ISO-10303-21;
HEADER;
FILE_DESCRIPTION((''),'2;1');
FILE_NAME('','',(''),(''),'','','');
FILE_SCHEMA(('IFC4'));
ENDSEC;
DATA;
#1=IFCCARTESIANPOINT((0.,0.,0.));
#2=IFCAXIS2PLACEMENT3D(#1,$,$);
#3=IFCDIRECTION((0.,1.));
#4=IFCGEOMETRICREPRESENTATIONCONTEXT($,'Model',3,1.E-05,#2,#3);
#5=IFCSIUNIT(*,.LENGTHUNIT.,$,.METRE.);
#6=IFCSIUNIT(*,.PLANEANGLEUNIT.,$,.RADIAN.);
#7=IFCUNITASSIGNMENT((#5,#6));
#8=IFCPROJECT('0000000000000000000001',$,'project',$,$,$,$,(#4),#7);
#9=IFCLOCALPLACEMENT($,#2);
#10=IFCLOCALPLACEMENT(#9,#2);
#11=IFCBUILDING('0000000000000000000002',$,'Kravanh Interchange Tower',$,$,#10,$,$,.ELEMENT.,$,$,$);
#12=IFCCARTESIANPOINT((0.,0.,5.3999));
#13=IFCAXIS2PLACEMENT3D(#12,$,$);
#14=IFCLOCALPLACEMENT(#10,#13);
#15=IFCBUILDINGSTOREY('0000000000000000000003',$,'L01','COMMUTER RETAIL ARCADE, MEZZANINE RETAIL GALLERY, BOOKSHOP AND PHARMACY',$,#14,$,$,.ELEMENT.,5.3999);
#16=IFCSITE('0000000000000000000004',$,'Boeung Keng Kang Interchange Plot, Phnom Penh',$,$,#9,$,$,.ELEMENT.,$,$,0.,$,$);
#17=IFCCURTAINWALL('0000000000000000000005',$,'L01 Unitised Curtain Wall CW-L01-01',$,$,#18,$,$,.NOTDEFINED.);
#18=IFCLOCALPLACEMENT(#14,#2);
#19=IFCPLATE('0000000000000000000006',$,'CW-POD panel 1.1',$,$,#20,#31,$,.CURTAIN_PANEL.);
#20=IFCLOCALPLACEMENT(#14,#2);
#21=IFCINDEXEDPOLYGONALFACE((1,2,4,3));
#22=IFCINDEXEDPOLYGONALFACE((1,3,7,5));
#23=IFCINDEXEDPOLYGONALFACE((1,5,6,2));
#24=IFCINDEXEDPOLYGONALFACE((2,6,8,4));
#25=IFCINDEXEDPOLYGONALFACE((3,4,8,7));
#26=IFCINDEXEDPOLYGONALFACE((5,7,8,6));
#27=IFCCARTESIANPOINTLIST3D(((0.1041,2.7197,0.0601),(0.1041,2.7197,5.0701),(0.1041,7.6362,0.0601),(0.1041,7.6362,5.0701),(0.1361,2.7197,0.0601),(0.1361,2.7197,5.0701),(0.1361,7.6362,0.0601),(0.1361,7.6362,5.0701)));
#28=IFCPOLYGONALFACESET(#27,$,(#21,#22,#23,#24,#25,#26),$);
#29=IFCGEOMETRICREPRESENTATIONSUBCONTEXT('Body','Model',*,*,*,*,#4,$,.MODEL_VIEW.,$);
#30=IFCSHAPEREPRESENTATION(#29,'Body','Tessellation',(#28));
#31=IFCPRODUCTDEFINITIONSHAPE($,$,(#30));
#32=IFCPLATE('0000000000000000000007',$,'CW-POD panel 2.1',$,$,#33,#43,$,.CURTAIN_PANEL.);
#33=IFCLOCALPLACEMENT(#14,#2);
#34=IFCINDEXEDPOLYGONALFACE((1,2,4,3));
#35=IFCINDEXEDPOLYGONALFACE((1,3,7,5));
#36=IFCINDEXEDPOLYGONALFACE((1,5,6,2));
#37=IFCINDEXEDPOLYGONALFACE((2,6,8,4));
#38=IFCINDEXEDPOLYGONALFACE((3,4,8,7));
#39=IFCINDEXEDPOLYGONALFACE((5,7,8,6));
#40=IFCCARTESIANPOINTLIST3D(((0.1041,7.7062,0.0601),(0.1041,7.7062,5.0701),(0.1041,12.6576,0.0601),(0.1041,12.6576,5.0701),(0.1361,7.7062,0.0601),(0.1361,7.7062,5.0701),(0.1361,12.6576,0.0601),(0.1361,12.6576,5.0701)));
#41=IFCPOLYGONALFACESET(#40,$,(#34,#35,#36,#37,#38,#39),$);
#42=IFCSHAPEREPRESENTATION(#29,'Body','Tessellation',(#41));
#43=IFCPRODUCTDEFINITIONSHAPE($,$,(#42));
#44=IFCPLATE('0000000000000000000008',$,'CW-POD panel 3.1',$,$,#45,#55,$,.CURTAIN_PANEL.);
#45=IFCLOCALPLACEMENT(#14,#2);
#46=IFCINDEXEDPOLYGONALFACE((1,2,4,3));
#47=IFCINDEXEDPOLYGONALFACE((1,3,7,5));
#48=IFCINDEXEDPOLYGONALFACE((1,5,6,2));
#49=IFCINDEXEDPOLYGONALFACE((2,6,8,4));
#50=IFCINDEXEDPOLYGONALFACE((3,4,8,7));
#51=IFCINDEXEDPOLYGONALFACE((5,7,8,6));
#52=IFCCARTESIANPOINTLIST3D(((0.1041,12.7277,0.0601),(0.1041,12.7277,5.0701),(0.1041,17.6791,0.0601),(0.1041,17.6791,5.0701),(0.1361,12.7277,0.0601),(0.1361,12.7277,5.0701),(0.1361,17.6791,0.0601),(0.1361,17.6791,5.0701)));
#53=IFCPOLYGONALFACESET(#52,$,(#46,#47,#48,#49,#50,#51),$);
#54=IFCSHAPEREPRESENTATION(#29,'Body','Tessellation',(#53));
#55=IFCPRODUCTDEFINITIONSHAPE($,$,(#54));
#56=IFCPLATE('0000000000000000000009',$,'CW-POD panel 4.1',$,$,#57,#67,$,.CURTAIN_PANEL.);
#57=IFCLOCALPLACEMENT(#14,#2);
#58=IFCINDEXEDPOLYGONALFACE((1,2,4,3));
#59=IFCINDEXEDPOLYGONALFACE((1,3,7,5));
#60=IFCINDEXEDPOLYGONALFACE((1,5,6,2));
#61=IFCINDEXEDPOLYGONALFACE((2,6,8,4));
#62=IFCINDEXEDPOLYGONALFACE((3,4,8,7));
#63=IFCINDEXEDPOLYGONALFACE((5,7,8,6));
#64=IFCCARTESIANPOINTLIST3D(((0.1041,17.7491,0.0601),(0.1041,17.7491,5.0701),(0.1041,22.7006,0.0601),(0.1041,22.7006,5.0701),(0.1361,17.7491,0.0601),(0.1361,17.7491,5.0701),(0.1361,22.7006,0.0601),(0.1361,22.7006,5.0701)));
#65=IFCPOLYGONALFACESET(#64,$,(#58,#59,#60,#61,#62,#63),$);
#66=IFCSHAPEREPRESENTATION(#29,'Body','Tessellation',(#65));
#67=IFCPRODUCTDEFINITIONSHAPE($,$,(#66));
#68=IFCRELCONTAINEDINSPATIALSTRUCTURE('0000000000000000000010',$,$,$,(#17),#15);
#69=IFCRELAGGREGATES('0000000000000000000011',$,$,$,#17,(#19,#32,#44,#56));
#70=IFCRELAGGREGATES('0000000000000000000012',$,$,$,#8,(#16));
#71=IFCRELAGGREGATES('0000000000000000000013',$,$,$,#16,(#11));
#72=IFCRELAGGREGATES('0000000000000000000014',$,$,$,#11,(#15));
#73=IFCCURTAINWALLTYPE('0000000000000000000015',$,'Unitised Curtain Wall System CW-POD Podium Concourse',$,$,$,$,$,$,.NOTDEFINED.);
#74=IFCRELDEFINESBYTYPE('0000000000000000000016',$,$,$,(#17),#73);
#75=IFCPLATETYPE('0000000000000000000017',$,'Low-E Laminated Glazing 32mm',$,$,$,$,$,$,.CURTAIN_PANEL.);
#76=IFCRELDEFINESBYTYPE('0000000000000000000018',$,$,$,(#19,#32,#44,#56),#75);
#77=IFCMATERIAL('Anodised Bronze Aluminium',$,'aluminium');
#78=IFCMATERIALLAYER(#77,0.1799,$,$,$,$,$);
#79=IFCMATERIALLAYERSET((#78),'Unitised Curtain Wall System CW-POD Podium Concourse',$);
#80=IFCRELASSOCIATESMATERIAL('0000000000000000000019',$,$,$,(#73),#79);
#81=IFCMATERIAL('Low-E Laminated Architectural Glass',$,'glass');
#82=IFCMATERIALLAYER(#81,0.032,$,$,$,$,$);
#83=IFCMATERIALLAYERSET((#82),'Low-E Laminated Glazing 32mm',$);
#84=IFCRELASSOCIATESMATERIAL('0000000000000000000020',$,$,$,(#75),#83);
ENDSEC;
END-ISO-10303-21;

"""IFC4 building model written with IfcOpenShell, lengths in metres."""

from ifc_helpers import new_model, si_unit, direction, frame, origin, origin_2d, place, context, subcontext, project, spatial, rectangle, extrude, material, layer, layer_set, type_object, element, aggregate, save


model = new_model("IFC4")

# Units and contexts
model_context = context("Model", 3, precision=1e-05, world=origin(), true_north=direction((0.0, 1.0)))
body_context = subcontext(model_context, "Body", "Model", "MODEL_VIEW")
ifc_project = project(units=[si_unit("LENGTHUNIT", "METRE"), si_unit("PLANEANGLEUNIT", "RADIAN")], contexts=[model_context])

# Site, building, storey
site_placement = place(None, origin())
site = spatial("IfcSite", under=ifc_project, at=site_placement, Name="Boeung Keng Kang Interchange Plot, Phnom Penh", CompositionType="ELEMENT", RefElevation=0.0)
building_placement = place(site_placement, origin())
building = spatial("IfcBuilding", under=site, at=building_placement, Name="Kravanh Interchange Tower", CompositionType="ELEMENT")
storey_placement = place(building_placement, frame((0.0, 0.0, 5.3999)))
storey = spatial("IfcBuildingStorey", under=building, at=storey_placement, Name="L01", Description="COMMUTER RETAIL ARCADE, MEZZANINE RETAIL GALLERY, BOOKSHOP AND PHARMACY", CompositionType="ELEMENT", Elevation=5.3999)

# Curtain wall
ifc_material_1 = material(Name="Anodised Bronze Aluminium", Category="aluminium")
ifc_layer_1 = layer(ifc_material_1, 0.1799)
ifc_layer_set_1 = layer_set([ifc_layer_1], Name="Unitised Curtain Wall System CW-POD Podium Concourse")
curtain_wall_type = type_object("IfcCurtainWallType", Name="Unitised Curtain Wall System CW-POD Podium Concourse", PredefinedType="NOTDEFINED", material=ifc_layer_set_1)
curtain_wall_placement = place(storey_placement, origin())
curtain_wall = element("IfcCurtainWall", 1, at=curtain_wall_placement, inside=storey, type_object=curtain_wall_type, Name="L01 Unitised Curtain Wall CW-L01-01", PredefinedType="NOTDEFINED")

# Plates
ifc_material_2 = material(Name="Low-E Laminated Architectural Glass", Category="glass")
ifc_layer_2 = layer(ifc_material_2, 0.032)
ifc_layer_set_2 = layer_set([ifc_layer_2], Name="Low-E Laminated Glazing 32mm")
plate_type = type_object("IfcPlateType", Name="Low-E Laminated Glazing 32mm", PredefinedType="CURTAIN_PANEL", material=ifc_layer_set_2)
plate_1_placement = place(storey_placement, frame((0.1201, 5.178, 0.0601), z_axis=(0.0, 0.0, 1.0), x_axis=(0.0, 1.0, 0.0)))
plate_1 = element("IfcPlate", 2, at=plate_1_placement, type_object=plate_type, Name="CW-POD panel 1.1", PredefinedType="CURTAIN_PANEL", context=body_context, shape_type="SweptSolid", body=[
    extrude(rectangle(XDim=4.9165, YDim=0.032, at=origin_2d()), origin(), (0.0, 0.0, 1.0), 5.01),
])
plate_2_placement = place(storey_placement, frame((0.1201, 10.1819, 0.0601), z_axis=(0.0, 0.0, 1.0), x_axis=(0.0, 1.0, 0.0)))
plate_2 = element("IfcPlate", 3, at=plate_2_placement, type_object=plate_type, Name="CW-POD panel 2.1", PredefinedType="CURTAIN_PANEL", context=body_context, shape_type="SweptSolid", body=[
    extrude(rectangle(XDim=4.9514, YDim=0.032, at=origin_2d()), origin(), (0.0, 0.0, 1.0), 5.01),
])
plate_3_placement = place(storey_placement, frame((0.1201, 15.2034, 0.0601), z_axis=(0.0, 0.0, 1.0), x_axis=(0.0, 1.0, 0.0)))
plate_3 = element("IfcPlate", 4, at=plate_3_placement, type_object=plate_type, Name="CW-POD panel 3.1", PredefinedType="CURTAIN_PANEL", context=body_context, shape_type="SweptSolid", body=[
    extrude(rectangle(XDim=4.9514, YDim=0.032, at=origin_2d()), origin(), (0.0, 0.0, 1.0), 5.01),
])
plate_4_placement = place(storey_placement, frame((0.1201, 20.2249, 0.0601), z_axis=(0.0, 0.0, 1.0), x_axis=(0.0, 1.0, 0.0)))
plate_4 = element("IfcPlate", 5, at=plate_4_placement, type_object=plate_type, Name="CW-POD panel 4.1", PredefinedType="CURTAIN_PANEL", context=body_context, shape_type="SweptSolid", body=[
    extrude(rectangle(XDim=4.9514, YDim=0.032, at=origin_2d()), origin(), (0.0, 0.0, 1.0), 5.01),
])
aggregate(curtain_wall, [plate_1, plate_2, plate_3, plate_4])

save(model, "model.ifc")
